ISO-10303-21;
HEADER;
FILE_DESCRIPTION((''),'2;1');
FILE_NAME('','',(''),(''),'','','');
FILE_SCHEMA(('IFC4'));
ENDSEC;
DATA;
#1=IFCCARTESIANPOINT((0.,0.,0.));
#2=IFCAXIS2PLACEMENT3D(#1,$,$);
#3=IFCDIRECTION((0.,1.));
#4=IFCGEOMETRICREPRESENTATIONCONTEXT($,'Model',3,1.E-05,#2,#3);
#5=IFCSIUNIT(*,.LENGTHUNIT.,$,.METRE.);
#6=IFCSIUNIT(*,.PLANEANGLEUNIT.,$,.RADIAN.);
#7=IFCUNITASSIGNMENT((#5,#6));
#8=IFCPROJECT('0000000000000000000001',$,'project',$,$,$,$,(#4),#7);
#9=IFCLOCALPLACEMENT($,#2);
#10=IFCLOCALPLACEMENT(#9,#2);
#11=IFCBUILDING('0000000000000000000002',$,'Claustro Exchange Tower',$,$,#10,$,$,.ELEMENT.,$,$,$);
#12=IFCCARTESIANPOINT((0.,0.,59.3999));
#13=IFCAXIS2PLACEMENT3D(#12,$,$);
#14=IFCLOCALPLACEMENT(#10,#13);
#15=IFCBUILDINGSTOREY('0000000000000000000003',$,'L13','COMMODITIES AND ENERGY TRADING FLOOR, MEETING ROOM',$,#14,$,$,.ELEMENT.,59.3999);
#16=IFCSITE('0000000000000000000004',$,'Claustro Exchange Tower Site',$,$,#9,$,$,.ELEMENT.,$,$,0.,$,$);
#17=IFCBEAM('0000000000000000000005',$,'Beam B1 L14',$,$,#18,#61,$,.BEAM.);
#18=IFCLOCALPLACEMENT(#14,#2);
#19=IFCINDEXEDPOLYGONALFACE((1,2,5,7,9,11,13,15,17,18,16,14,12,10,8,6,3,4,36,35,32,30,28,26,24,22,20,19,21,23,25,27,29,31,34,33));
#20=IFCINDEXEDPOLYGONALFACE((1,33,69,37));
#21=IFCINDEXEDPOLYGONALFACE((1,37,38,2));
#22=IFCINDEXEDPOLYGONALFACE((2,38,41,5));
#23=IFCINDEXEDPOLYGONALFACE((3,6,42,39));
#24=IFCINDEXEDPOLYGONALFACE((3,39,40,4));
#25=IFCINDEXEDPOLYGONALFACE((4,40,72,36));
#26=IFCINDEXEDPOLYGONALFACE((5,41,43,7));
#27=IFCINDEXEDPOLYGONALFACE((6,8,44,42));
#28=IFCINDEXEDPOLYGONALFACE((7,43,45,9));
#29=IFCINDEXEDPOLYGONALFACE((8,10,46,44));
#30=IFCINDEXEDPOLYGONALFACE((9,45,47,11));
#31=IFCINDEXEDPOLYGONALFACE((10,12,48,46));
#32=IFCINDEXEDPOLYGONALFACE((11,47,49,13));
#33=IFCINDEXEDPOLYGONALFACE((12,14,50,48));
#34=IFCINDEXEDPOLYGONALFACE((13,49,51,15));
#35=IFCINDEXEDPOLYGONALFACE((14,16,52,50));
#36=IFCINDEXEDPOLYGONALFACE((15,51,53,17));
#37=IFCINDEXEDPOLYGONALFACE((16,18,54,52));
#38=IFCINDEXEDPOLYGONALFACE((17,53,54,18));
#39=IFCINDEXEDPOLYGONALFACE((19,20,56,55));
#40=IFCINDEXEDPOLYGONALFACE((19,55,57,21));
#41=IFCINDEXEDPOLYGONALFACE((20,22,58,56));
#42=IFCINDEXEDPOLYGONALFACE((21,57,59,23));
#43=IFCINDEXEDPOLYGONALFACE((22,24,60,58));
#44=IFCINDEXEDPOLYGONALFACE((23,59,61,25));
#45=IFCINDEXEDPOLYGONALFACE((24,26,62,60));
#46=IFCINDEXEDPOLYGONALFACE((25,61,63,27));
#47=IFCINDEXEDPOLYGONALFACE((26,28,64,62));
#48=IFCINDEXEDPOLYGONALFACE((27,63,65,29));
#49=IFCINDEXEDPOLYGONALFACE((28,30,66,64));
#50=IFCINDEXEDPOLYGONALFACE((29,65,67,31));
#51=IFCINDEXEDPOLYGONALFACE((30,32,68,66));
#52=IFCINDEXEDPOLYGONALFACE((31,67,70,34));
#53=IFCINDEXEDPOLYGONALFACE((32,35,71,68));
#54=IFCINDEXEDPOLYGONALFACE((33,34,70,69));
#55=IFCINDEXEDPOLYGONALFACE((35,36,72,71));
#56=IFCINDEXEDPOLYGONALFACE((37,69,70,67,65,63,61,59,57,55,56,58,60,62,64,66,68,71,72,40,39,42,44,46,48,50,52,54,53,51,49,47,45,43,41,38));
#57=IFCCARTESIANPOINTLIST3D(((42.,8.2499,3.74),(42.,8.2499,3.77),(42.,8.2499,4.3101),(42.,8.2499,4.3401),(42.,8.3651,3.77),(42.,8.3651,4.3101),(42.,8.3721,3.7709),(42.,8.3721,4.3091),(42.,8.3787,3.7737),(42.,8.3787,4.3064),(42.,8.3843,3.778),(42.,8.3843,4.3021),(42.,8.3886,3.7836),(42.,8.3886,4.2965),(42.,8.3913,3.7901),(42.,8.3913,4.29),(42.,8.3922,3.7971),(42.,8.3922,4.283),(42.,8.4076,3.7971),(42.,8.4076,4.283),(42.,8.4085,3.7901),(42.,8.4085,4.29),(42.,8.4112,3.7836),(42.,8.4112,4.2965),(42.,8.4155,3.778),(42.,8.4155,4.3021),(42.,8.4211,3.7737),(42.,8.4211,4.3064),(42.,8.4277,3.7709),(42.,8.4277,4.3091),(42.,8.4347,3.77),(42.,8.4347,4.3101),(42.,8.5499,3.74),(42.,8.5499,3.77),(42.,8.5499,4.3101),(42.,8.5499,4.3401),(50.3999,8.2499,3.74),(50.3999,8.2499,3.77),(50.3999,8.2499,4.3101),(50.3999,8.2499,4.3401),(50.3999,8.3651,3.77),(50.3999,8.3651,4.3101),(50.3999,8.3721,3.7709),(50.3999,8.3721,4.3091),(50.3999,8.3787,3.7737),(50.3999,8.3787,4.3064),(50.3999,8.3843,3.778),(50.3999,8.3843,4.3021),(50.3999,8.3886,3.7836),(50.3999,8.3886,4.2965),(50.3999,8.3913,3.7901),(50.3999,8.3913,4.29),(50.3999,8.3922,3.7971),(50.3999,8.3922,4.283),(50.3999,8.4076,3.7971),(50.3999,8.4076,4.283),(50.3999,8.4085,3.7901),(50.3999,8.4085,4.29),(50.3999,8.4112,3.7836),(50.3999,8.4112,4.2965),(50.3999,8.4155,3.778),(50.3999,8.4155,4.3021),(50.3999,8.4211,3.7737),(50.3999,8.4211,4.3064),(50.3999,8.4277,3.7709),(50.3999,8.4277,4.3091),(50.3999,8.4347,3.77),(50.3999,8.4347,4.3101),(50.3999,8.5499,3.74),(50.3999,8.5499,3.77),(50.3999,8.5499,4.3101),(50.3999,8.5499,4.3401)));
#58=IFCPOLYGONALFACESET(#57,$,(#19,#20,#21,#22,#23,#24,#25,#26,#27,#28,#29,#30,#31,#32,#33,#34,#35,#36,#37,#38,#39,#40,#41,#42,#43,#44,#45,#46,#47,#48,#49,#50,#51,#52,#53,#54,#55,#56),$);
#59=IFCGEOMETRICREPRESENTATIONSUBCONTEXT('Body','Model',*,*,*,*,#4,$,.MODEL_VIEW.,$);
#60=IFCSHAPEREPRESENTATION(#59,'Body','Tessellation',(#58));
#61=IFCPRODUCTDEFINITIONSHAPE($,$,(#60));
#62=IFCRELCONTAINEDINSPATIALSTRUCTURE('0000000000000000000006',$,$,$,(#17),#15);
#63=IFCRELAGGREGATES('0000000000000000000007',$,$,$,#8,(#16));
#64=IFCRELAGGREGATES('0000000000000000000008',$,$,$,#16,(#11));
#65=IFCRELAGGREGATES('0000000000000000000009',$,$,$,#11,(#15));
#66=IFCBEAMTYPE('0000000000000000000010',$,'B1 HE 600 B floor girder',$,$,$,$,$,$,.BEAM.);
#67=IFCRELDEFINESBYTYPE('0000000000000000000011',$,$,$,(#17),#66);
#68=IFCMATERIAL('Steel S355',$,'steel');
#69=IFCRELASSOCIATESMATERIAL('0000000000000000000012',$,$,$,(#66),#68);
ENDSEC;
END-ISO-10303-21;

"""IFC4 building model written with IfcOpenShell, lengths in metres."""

from ifc_helpers import new_model, si_unit, direction, frame, origin, origin_2d, place, context, subcontext, project, spatial, i_section, extrude, material, material_profile, profile_set, type_object, element, save


model = new_model("IFC4")

# Units and contexts
model_context = context("Model", 3, precision=1e-05, world=origin(), true_north=direction((0.0, 1.0)))
body_context = subcontext(model_context, "Body", "Model", "MODEL_VIEW")
ifc_project = project(units=[si_unit("LENGTHUNIT", "METRE"), si_unit("PLANEANGLEUNIT", "RADIAN")], contexts=[model_context])

# Site, building, storey
site_placement = place(None, origin())
site = spatial("IfcSite", under=ifc_project, at=site_placement, Name="Claustro Exchange Tower Site", CompositionType="ELEMENT", RefElevation=0.0)
building_placement = place(site_placement, origin())
building = spatial("IfcBuilding", under=site, at=building_placement, Name="Claustro Exchange Tower", CompositionType="ELEMENT")
storey_placement = place(building_placement, frame((0.0, 0.0, 59.3999)))
storey = spatial("IfcBuildingStorey", under=building, at=storey_placement, Name="L13", Description="COMMODITIES AND ENERGY TRADING FLOOR, MEETING ROOM", CompositionType="ELEMENT", Elevation=59.3999)

# Beam
ifc_material_1 = material(Name="Steel S355", Category="steel")
ifc_material_profile = material_profile(ifc_material_1, i_section(OverallWidth=0.3, OverallDepth=0.6001, WebThickness=0.0154, FlangeThickness=0.03, FilletRadius=0.0271, at=origin_2d()), Name="HE 600 B")
ifc_profile_set = profile_set([ifc_material_profile], Name="Steel S355")
beam_type = type_object("IfcBeamType", Name="B1 HE 600 B floor girder", PredefinedType="BEAM", material=ifc_profile_set)
beam_placement = place(storey_placement, frame((42.0, 8.3999, 4.04), z_axis=(1.0, 0.0, 0.0), x_axis=(0.0, 1.0, 0.0)))
element("IfcBeam", 1, at=beam_placement, inside=storey, type_object=beam_type, Name="Beam B1 L14", PredefinedType="BEAM", context=body_context, shape_type="SweptSolid", body=[
    extrude(i_section(OverallWidth=0.3, OverallDepth=0.6001, WebThickness=0.0154, FlangeThickness=0.03, FilletRadius=0.0271, at=origin_2d()), origin(), (0.0, 0.0, 1.0), 8.3999),
])

save(model, "model.ifc")
